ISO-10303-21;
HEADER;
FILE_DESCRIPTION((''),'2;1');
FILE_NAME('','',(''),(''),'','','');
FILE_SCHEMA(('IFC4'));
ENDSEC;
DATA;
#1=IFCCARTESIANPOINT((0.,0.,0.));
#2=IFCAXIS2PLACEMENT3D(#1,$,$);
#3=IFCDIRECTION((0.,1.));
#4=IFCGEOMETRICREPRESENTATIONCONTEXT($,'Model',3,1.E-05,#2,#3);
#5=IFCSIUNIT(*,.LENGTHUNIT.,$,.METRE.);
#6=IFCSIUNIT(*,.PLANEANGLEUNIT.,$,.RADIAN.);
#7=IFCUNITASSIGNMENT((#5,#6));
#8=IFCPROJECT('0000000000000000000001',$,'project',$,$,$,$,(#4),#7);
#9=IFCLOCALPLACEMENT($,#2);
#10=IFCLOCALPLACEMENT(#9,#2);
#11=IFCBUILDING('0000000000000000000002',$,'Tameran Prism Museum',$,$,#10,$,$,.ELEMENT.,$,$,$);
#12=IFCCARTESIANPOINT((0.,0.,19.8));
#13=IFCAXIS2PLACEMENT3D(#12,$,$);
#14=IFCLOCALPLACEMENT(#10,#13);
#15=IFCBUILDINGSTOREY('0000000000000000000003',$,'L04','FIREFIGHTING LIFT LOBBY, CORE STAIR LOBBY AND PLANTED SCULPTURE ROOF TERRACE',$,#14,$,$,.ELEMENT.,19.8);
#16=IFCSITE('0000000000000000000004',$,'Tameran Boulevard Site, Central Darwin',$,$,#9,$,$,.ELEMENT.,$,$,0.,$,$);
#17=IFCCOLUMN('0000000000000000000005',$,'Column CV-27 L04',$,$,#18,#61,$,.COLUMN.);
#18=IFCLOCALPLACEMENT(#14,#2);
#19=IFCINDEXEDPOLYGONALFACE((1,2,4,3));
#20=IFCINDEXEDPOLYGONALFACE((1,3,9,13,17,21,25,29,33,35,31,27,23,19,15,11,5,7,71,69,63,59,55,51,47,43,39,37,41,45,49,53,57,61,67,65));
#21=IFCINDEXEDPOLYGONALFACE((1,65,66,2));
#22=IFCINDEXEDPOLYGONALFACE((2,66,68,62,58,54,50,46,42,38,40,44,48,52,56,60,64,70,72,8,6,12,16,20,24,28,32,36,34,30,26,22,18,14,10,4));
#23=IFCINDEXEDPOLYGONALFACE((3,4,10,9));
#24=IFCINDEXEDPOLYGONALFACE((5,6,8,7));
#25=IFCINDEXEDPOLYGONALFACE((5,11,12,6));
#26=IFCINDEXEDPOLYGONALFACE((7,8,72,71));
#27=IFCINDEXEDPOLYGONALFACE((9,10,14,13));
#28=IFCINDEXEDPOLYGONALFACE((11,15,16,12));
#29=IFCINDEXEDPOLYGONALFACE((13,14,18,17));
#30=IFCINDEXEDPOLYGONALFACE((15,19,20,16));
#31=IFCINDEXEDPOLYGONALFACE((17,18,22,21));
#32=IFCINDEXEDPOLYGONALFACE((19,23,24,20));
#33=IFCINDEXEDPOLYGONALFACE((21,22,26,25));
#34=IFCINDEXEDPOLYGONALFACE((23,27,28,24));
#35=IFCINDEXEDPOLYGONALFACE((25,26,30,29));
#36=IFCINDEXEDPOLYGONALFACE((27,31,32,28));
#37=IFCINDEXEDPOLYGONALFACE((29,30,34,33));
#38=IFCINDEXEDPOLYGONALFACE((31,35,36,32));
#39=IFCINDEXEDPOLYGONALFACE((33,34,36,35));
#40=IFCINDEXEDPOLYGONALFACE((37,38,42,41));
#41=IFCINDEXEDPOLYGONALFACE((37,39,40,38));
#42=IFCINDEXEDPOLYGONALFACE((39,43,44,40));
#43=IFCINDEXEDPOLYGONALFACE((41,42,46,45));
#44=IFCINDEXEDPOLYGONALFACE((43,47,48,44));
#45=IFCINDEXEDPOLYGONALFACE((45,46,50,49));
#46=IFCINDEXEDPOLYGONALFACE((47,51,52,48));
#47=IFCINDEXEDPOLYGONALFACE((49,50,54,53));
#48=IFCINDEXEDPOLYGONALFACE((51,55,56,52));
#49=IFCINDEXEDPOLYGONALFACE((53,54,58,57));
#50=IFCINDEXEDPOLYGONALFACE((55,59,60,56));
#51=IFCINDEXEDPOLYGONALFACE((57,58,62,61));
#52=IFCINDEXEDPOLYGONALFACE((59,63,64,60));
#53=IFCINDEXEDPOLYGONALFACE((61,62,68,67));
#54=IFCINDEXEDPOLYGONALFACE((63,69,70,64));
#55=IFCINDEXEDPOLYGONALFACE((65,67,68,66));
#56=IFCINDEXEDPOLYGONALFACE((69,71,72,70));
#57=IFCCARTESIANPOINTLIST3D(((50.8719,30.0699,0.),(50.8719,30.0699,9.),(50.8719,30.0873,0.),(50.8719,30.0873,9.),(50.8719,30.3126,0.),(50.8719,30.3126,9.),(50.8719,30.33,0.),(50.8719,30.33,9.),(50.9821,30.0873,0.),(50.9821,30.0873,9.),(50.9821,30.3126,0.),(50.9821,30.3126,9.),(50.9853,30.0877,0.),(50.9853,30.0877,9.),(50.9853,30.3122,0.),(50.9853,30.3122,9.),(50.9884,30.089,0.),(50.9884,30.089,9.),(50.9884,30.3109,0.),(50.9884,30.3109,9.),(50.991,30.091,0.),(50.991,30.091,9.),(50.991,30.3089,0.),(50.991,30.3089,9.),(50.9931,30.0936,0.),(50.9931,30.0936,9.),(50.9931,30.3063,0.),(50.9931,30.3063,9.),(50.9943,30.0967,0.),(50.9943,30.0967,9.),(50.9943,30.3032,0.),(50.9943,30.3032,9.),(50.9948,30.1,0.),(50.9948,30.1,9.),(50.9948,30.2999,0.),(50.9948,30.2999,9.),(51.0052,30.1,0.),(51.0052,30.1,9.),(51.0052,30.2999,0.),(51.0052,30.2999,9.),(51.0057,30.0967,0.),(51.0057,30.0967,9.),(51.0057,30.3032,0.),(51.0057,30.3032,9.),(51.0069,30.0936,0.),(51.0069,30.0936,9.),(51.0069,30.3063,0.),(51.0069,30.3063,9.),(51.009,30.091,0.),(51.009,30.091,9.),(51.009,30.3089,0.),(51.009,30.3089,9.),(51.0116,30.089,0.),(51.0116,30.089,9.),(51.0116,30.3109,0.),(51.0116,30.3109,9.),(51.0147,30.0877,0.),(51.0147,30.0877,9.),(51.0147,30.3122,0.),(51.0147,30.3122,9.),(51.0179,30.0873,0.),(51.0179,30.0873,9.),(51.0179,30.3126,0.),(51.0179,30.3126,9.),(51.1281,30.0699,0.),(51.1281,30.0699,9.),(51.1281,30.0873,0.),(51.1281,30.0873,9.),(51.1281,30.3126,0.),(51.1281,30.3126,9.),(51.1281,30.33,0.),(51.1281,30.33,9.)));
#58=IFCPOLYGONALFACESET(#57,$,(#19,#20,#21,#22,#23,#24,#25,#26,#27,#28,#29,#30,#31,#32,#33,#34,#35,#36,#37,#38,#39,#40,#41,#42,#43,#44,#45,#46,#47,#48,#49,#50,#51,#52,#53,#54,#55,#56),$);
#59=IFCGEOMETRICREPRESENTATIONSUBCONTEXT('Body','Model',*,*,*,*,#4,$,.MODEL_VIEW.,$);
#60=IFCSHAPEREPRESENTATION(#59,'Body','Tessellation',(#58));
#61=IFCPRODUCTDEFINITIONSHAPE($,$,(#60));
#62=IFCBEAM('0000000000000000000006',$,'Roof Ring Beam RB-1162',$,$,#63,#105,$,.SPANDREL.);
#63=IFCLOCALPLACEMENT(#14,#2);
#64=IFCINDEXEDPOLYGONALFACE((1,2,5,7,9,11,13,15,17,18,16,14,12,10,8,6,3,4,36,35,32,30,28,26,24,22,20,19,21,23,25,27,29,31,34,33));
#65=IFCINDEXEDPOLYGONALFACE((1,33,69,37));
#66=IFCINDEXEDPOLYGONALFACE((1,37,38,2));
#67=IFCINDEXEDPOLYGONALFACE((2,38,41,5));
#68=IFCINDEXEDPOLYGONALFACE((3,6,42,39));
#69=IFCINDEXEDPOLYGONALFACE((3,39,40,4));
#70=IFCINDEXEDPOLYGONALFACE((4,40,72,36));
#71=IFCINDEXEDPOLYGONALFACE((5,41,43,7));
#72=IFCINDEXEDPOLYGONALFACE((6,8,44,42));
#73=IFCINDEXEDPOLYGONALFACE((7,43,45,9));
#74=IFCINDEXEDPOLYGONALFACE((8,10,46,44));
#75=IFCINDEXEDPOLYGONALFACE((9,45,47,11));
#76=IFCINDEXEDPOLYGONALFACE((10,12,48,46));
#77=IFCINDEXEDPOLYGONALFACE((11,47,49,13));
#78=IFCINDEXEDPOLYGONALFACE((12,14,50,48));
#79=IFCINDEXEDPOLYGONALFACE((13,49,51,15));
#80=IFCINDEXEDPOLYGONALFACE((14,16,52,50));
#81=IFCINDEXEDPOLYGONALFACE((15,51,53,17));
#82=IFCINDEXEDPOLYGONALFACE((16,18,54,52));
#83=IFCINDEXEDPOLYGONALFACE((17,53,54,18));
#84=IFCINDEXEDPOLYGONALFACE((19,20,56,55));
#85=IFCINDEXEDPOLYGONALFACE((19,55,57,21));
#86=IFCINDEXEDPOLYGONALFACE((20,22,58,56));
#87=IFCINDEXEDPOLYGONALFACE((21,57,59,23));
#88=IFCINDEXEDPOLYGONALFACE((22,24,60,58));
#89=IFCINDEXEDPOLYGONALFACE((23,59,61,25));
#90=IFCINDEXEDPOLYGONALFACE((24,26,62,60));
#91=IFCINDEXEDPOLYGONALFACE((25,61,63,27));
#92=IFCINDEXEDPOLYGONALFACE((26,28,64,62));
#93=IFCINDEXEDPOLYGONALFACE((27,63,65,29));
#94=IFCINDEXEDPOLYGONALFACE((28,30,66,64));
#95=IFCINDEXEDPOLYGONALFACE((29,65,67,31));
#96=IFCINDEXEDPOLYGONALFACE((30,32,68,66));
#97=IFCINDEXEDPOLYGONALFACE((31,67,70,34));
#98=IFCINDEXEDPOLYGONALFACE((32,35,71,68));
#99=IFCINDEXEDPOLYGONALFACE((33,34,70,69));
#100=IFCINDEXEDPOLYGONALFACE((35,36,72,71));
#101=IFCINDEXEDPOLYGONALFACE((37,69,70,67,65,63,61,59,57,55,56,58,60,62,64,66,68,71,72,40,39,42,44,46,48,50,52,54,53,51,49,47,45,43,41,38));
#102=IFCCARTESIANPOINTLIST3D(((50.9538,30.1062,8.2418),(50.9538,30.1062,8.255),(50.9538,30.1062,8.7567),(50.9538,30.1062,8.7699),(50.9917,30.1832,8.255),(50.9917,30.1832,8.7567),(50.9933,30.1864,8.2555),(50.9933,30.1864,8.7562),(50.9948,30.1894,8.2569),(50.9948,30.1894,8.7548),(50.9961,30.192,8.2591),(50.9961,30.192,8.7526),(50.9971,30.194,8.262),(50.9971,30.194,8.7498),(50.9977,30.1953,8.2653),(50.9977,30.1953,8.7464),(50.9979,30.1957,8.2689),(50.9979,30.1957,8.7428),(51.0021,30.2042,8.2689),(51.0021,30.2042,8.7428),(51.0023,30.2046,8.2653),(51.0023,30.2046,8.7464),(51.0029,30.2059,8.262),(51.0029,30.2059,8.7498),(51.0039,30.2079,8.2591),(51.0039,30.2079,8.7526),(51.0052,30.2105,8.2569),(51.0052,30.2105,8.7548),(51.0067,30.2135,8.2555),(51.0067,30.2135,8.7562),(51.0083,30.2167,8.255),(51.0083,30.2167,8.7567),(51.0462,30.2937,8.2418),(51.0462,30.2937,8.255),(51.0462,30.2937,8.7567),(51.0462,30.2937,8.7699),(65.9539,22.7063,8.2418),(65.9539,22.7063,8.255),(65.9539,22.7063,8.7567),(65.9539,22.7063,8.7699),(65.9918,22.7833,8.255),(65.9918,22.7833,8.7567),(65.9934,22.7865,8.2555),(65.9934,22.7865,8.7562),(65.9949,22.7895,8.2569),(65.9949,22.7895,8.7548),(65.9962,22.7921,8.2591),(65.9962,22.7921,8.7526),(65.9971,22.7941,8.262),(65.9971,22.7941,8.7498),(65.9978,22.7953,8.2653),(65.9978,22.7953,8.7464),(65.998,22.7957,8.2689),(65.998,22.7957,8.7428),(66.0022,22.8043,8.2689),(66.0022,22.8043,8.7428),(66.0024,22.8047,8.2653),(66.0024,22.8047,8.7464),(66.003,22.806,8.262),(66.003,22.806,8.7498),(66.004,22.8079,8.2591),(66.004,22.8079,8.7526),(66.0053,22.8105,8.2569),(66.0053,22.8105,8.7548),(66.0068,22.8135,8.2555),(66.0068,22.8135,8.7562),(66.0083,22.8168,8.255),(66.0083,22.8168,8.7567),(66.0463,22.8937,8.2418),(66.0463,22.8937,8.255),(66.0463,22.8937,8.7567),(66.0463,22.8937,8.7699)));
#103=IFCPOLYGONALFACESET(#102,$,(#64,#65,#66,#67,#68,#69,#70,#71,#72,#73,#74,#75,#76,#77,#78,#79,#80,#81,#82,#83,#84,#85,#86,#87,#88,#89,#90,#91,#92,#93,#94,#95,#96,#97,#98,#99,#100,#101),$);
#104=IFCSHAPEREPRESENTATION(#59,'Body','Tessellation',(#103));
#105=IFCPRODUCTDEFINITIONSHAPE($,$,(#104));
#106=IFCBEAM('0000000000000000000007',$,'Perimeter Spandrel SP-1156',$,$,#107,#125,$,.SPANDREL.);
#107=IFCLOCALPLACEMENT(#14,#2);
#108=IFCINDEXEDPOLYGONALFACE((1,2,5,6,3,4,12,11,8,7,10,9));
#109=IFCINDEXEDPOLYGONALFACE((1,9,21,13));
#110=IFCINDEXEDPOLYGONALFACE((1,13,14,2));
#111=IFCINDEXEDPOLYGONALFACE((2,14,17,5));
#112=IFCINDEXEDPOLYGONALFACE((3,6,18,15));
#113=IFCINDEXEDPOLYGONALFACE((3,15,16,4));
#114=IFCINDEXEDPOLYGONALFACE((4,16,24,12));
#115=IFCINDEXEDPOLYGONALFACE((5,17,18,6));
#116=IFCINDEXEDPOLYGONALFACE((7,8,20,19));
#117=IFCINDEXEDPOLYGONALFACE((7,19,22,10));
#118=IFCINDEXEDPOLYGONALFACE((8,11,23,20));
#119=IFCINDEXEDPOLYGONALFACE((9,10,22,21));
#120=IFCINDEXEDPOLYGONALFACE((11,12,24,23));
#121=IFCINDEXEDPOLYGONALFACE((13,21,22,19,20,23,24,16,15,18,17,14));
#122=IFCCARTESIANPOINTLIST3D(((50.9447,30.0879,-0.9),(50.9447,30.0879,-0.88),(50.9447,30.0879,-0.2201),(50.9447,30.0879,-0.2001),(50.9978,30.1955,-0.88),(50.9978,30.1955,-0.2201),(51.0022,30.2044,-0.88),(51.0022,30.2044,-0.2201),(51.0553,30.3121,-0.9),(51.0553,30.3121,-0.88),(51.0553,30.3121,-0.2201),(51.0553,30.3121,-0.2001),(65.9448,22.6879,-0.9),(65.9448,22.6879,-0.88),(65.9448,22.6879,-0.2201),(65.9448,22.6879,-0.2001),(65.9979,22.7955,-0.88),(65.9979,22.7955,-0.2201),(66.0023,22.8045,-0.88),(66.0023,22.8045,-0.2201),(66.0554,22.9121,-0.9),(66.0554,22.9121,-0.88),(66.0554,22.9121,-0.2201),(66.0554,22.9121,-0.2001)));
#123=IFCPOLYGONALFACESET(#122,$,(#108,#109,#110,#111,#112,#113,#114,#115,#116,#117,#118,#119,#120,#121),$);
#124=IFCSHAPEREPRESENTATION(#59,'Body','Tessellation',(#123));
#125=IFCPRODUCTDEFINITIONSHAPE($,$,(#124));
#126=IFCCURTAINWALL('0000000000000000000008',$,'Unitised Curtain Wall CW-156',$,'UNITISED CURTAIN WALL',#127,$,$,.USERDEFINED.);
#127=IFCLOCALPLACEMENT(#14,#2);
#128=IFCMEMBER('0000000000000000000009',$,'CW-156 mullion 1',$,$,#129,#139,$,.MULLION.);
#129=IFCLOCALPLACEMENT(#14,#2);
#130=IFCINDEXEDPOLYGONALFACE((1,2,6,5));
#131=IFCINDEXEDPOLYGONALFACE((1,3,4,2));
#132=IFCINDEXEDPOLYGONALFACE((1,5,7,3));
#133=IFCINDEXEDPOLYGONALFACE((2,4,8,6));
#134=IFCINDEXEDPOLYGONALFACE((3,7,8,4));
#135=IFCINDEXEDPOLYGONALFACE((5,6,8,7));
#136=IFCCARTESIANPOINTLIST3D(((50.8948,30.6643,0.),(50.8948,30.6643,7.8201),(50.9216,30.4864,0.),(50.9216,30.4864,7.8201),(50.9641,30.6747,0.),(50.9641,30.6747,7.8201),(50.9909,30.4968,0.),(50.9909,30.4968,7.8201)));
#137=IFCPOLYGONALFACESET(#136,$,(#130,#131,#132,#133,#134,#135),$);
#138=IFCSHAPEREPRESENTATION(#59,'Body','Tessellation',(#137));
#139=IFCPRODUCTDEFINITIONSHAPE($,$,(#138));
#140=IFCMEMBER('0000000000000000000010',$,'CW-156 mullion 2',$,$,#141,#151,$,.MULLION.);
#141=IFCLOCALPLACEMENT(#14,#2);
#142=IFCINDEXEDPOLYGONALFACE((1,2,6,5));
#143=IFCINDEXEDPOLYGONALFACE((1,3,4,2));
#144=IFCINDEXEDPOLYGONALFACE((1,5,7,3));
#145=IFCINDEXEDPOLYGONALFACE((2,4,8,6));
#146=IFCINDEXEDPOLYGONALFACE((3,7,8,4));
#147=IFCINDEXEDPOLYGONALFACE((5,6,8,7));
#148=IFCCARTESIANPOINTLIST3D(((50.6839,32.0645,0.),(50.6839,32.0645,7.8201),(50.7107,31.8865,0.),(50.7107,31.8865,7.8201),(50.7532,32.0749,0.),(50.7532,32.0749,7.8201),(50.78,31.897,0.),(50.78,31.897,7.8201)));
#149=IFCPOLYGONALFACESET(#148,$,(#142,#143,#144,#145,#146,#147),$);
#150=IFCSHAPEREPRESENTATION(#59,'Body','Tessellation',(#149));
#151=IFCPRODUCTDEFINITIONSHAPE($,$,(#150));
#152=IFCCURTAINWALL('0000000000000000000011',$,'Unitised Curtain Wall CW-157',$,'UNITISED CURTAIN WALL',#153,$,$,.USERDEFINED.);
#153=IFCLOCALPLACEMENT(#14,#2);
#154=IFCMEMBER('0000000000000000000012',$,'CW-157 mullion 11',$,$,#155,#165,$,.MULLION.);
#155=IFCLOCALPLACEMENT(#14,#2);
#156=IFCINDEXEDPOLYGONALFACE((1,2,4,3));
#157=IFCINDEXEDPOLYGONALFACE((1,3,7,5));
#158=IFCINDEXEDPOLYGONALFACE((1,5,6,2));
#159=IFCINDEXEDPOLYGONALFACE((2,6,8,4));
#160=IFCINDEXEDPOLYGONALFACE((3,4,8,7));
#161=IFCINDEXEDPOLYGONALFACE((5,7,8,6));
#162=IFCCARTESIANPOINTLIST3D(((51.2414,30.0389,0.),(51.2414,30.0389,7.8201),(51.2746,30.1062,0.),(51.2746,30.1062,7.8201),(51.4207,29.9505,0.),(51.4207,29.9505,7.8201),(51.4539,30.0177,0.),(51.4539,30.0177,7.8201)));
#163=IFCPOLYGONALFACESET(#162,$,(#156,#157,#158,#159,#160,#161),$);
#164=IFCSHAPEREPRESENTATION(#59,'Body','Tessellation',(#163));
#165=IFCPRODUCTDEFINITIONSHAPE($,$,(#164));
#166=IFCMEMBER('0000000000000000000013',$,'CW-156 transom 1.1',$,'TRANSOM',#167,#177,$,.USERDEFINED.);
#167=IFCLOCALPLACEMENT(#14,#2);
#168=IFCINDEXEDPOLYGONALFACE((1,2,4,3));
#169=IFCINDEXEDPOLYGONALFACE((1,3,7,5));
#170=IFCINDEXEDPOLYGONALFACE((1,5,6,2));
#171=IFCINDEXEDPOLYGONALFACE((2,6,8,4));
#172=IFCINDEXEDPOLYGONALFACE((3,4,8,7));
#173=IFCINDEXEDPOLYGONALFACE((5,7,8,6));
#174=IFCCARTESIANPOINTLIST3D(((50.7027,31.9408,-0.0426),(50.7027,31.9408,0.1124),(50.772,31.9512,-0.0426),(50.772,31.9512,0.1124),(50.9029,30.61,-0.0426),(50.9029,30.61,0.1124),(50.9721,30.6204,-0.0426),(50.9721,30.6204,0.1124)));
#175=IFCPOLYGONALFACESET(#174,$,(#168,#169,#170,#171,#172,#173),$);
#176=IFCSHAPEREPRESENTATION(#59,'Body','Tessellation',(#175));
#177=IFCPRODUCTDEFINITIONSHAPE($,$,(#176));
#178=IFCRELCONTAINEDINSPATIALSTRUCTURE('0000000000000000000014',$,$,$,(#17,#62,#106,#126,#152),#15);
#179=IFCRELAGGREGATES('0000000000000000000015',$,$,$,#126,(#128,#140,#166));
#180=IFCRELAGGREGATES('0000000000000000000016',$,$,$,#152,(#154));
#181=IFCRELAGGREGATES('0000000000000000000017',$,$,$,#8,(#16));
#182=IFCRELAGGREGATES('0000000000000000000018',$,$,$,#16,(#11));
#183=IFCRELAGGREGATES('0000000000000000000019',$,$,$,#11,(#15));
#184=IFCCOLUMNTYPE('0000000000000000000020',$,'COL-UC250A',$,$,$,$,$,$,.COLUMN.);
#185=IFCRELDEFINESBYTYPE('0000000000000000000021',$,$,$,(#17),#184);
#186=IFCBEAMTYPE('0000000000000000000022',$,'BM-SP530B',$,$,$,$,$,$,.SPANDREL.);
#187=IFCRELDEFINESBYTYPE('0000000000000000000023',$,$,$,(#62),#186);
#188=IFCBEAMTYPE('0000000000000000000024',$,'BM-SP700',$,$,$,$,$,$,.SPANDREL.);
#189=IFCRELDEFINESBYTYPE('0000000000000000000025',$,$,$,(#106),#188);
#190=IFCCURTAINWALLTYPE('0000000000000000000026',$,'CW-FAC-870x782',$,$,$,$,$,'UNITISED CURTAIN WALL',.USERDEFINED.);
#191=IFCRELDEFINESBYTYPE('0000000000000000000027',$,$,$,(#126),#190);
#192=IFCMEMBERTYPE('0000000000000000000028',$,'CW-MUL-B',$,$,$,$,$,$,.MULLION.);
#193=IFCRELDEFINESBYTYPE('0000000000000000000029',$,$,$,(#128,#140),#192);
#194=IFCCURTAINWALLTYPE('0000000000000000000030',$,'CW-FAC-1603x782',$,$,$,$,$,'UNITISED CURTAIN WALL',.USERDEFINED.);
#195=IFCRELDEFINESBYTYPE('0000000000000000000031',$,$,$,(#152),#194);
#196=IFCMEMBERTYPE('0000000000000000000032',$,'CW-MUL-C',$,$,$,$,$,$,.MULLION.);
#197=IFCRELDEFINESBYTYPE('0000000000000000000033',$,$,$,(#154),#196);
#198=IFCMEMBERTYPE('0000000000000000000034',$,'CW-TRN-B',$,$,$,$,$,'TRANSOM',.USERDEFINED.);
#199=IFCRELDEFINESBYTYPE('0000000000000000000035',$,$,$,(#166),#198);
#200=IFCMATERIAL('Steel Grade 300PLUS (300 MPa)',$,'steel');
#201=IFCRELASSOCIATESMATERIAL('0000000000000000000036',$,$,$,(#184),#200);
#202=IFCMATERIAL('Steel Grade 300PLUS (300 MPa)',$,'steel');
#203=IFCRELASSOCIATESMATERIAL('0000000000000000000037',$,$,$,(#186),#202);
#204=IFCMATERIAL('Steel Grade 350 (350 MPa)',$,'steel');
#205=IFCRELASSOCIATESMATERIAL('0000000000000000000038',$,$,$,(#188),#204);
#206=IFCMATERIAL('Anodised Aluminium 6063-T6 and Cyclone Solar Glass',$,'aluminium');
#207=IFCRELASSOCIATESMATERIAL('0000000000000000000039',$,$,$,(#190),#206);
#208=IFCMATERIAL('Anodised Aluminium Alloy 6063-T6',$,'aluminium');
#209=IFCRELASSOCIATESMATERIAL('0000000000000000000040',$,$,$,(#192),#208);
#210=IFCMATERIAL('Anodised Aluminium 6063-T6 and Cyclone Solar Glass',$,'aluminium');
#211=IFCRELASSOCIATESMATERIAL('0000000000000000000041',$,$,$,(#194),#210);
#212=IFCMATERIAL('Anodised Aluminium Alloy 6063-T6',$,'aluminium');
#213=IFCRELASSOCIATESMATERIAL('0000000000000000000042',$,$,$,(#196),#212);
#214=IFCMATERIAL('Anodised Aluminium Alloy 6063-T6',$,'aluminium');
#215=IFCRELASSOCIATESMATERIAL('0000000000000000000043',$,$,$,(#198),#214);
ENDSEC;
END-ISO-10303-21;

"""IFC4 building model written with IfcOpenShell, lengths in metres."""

from ifc_helpers import new_model, si_unit, direction, frame, origin, origin_2d, place, context, subcontext, project, spatial, rectangle, i_section, extrude, material, material_profile, profile_set, type_object, element, aggregate, save


model = new_model("IFC4")

# Units and contexts
model_context = context("Model", 3, precision=1e-05, world=origin(), true_north=direction((0.0, 1.0)))
body_context = subcontext(model_context, "Body", "Model", "MODEL_VIEW")
ifc_project = project(units=[si_unit("LENGTHUNIT", "METRE"), si_unit("PLANEANGLEUNIT", "RADIAN")], contexts=[model_context])

# Site, building, storey
site_placement = place(None, origin())
site = spatial("IfcSite", under=ifc_project, at=site_placement, Name="Tameran Boulevard Site, Central Darwin", CompositionType="ELEMENT", RefElevation=0.0)
building_placement = place(site_placement, origin())
building = spatial("IfcBuilding", under=site, at=building_placement, Name="Tameran Prism Museum", CompositionType="ELEMENT")
storey_placement = place(building_placement, frame((0.0, 0.0, 19.8)))
storey = spatial("IfcBuildingStorey", under=building, at=storey_placement, Name="L04", Description="FIREFIGHTING LIFT LOBBY, CORE STAIR LOBBY AND PLANTED SCULPTURE ROOF TERRACE", CompositionType="ELEMENT", Elevation=19.8)

# Column
ifc_material_1 = material(Name="Steel Grade 300PLUS (300 MPa)", Category="steel")
ifc_material_profile_1 = material_profile(ifc_material_1, i_section(OverallWidth=0.2561, OverallDepth=0.26, WebThickness=0.0105, FlangeThickness=0.0173, FilletRadius=0.0127, at=origin_2d()))
ifc_profile_set_1 = profile_set([ifc_material_profile_1])
column_type = type_object("IfcColumnType", Name="COL-UC250A", PredefinedType="COLUMN", material=ifc_profile_set_1)
column_placement = place(storey_placement, frame((51.0, 30.2, 0.0), z_axis=(0.0, 0.0, 1.0), x_axis=(1.0, 0.0, 0.0)))
element("IfcColumn", 1, at=column_placement, inside=storey, type_object=column_type, Name="Column CV-27 L04", PredefinedType="COLUMN", context=body_context, shape_type="SweptSolid", body=[
    extrude(i_section(OverallWidth=0.2561, OverallDepth=0.26, WebThickness=0.0105, FlangeThickness=0.0173, FilletRadius=0.0127, at=origin_2d()), origin(), (0.0, 0.0, 1.0), 9.0),
])

# Beams
ifc_material_2 = material(Name="Steel Grade 300PLUS (300 MPa)", Category="steel")
ifc_material_profile_2 = material_profile(ifc_material_2, i_section(OverallWidth=0.209, OverallDepth=0.5281, WebThickness=0.0095, FlangeThickness=0.0132, FilletRadius=0.0139, at=origin_2d()))
ifc_profile_set_2 = profile_set([ifc_material_profile_2])
beam_type_1 = type_object("IfcBeamType", Name="BM-SP530B", PredefinedType="SPANDREL", material=ifc_profile_set_2)
beam_1_placement = place(storey_placement, frame((51.0, 30.2, 8.5059), z_axis=(0.896808, -0.44242, 0.0), x_axis=(0.44242, 0.896808, 0.0)))
element("IfcBeam", 2, at=beam_1_placement, inside=storey, type_object=beam_type_1, Name="Roof Ring Beam RB-1162", PredefinedType="SPANDREL", context=body_context, shape_type="SweptSolid", body=[
    extrude(i_section(OverallWidth=0.209, OverallDepth=0.5281, WebThickness=0.0095, FlangeThickness=0.0132, FilletRadius=0.0139, at=origin_2d()), origin(), (0.0, 0.0, 1.0), 16.7261),
])
ifc_material_3 = material(Name="Steel Grade 350 (350 MPa)", Category="steel")
ifc_material_profile_3 = material_profile(ifc_material_3, i_section(OverallWidth=0.25, OverallDepth=0.7, WebThickness=0.01, FlangeThickness=0.02, at=origin_2d()))
ifc_profile_set_3 = profile_set([ifc_material_profile_3])
beam_type_2 = type_object("IfcBeamType", Name="BM-SP700", PredefinedType="SPANDREL", material=ifc_profile_set_3)
beam_2_placement = place(storey_placement, frame((51.0, 30.2, -0.55), z_axis=(0.896808, -0.44242, 0.0), x_axis=(0.44242, 0.896808, 0.0)))
element("IfcBeam", 3, at=beam_2_placement, inside=storey, type_object=beam_type_2, Name="Perimeter Spandrel SP-1156", PredefinedType="SPANDREL", context=body_context, shape_type="SweptSolid", body=[
    extrude(i_section(OverallWidth=0.25, OverallDepth=0.7, WebThickness=0.01, FlangeThickness=0.02, at=origin_2d()), origin(), (0.0, 0.0, 1.0), 16.7261),
])

# Curtain wall, members
ifc_material_4 = material(Name="Anodised Aluminium 6063-T6 and Cyclone Solar Glass", Category="aluminium")
curtain_wall_type_1 = type_object("IfcCurtainWallType", Name="CW-FAC-870x782", ElementType="UNITISED CURTAIN WALL", PredefinedType="USERDEFINED", material=ifc_material_4)
curtain_wall_1_placement = place(storey_placement, origin())
curtain_wall_1 = element("IfcCurtainWall", 4, at=curtain_wall_1_placement, inside=storey, type_object=curtain_wall_type_1, Name="Unitised Curtain Wall CW-156", ObjectType="UNITISED CURTAIN WALL", PredefinedType="USERDEFINED")
ifc_material_5 = material(Name="Anodised Aluminium Alloy 6063-T6", Category="aluminium")
ifc_material_profile_4 = material_profile(ifc_material_5, rectangle(XDim=0.0701, YDim=0.1799, at=origin_2d()))
ifc_profile_set_4 = profile_set([ifc_material_profile_4])
member_type_1 = type_object("IfcMemberType", Name="CW-MUL-B", PredefinedType="MULLION", material=ifc_profile_set_4)
member_1_placement = place(storey_placement, frame((50.9429, 30.5806, 0.0), z_axis=(0.0, 0.0, 1.0), x_axis=(-0.988855, -0.14888, 0.0)))
member_1 = element("IfcMember", 5, at=member_1_placement, type_object=member_type_1, Name="CW-156 mullion 1", PredefinedType="MULLION", context=body_context, shape_type="SweptSolid", body=[
    extrude(rectangle(XDim=0.0701, YDim=0.1799, at=origin_2d()), origin(), (0.0, 0.0, 1.0), 7.8201),
])
member_2_placement = place(storey_placement, frame((50.7319, 31.9807, 0.0), z_axis=(0.0, 0.0, 1.0), x_axis=(-0.988855, -0.14888, 0.0)))
member_2 = element("IfcMember", 6, at=member_2_placement, type_object=member_type_1, Name="CW-156 mullion 2", PredefinedType="MULLION", context=body_context, shape_type="SweptSolid", body=[
    extrude(rectangle(XDim=0.0701, YDim=0.1799, at=origin_2d()), origin(), (0.0, 0.0, 1.0), 7.8201),
])

# Curtain wall, member
ifc_material_6 = material(Name="Anodised Aluminium 6063-T6 and Cyclone Solar Glass", Category="aluminium")
curtain_wall_type_2 = type_object("IfcCurtainWallType", Name="CW-FAC-1603x782", ElementType="UNITISED CURTAIN WALL", PredefinedType="USERDEFINED", material=ifc_material_6)
curtain_wall_2_placement = place(storey_placement, origin())
curtain_wall_2 = element("IfcCurtainWall", 7, at=curtain_wall_2_placement, inside=storey, type_object=curtain_wall_type_2, Name="Unitised Curtain Wall CW-157", ObjectType="UNITISED CURTAIN WALL", PredefinedType="USERDEFINED")
ifc_material_7 = material(Name="Anodised Aluminium Alloy 6063-T6", Category="aluminium")
ifc_material_profile_5 = material_profile(ifc_material_7, rectangle(XDim=0.075, YDim=0.2, at=origin_2d()))
ifc_profile_set_5 = profile_set([ifc_material_profile_5])
member_type_2 = type_object("IfcMemberType", Name="CW-MUL-C", PredefinedType="MULLION", material=ifc_profile_set_5)
member_3_placement = place(storey_placement, frame((51.3477, 30.0283, 0.0), z_axis=(0.0, 0.0, 1.0), x_axis=(-0.442415, -0.896811, 0.0)))
member_3 = element("IfcMember", 8, at=member_3_placement, type_object=member_type_2, Name="CW-157 mullion 11", PredefinedType="MULLION", context=body_context, shape_type="SweptSolid", body=[
    extrude(rectangle(XDim=0.075, YDim=0.2, at=origin_2d()), origin(), (0.0, 0.0, 1.0), 7.8201),
])

# Member
ifc_material_8 = material(Name="Anodised Aluminium Alloy 6063-T6", Category="aluminium")
ifc_material_profile_6 = material_profile(ifc_material_8, rectangle(XDim=0.0701, YDim=0.155, at=origin_2d()))
ifc_profile_set_6 = profile_set([ifc_material_profile_6])
member_type_3 = type_object("IfcMemberType", Name="CW-TRN-B", ElementType="TRANSOM", PredefinedType="USERDEFINED", material=ifc_profile_set_6)
member_4_placement = place(storey_placement, frame((50.9375, 30.6152, 0.0349), z_axis=(-0.148757, 0.988874, 0.0), x_axis=(-0.988874, -0.148757, 0.0)))
member_4 = element("IfcMember", 9, at=member_4_placement, type_object=member_type_3, Name="CW-156 transom 1.1", ObjectType="TRANSOM", PredefinedType="USERDEFINED", context=body_context, shape_type="SweptSolid", body=[
    extrude(rectangle(XDim=0.0701, YDim=0.155, at=origin_2d()), origin(), (0.0, 0.0, 1.0), 1.3457),
])

aggregate(curtain_wall_1, [member_1, member_2, member_4])
aggregate(curtain_wall_2, [member_3])

save(model, "model.ifc")
